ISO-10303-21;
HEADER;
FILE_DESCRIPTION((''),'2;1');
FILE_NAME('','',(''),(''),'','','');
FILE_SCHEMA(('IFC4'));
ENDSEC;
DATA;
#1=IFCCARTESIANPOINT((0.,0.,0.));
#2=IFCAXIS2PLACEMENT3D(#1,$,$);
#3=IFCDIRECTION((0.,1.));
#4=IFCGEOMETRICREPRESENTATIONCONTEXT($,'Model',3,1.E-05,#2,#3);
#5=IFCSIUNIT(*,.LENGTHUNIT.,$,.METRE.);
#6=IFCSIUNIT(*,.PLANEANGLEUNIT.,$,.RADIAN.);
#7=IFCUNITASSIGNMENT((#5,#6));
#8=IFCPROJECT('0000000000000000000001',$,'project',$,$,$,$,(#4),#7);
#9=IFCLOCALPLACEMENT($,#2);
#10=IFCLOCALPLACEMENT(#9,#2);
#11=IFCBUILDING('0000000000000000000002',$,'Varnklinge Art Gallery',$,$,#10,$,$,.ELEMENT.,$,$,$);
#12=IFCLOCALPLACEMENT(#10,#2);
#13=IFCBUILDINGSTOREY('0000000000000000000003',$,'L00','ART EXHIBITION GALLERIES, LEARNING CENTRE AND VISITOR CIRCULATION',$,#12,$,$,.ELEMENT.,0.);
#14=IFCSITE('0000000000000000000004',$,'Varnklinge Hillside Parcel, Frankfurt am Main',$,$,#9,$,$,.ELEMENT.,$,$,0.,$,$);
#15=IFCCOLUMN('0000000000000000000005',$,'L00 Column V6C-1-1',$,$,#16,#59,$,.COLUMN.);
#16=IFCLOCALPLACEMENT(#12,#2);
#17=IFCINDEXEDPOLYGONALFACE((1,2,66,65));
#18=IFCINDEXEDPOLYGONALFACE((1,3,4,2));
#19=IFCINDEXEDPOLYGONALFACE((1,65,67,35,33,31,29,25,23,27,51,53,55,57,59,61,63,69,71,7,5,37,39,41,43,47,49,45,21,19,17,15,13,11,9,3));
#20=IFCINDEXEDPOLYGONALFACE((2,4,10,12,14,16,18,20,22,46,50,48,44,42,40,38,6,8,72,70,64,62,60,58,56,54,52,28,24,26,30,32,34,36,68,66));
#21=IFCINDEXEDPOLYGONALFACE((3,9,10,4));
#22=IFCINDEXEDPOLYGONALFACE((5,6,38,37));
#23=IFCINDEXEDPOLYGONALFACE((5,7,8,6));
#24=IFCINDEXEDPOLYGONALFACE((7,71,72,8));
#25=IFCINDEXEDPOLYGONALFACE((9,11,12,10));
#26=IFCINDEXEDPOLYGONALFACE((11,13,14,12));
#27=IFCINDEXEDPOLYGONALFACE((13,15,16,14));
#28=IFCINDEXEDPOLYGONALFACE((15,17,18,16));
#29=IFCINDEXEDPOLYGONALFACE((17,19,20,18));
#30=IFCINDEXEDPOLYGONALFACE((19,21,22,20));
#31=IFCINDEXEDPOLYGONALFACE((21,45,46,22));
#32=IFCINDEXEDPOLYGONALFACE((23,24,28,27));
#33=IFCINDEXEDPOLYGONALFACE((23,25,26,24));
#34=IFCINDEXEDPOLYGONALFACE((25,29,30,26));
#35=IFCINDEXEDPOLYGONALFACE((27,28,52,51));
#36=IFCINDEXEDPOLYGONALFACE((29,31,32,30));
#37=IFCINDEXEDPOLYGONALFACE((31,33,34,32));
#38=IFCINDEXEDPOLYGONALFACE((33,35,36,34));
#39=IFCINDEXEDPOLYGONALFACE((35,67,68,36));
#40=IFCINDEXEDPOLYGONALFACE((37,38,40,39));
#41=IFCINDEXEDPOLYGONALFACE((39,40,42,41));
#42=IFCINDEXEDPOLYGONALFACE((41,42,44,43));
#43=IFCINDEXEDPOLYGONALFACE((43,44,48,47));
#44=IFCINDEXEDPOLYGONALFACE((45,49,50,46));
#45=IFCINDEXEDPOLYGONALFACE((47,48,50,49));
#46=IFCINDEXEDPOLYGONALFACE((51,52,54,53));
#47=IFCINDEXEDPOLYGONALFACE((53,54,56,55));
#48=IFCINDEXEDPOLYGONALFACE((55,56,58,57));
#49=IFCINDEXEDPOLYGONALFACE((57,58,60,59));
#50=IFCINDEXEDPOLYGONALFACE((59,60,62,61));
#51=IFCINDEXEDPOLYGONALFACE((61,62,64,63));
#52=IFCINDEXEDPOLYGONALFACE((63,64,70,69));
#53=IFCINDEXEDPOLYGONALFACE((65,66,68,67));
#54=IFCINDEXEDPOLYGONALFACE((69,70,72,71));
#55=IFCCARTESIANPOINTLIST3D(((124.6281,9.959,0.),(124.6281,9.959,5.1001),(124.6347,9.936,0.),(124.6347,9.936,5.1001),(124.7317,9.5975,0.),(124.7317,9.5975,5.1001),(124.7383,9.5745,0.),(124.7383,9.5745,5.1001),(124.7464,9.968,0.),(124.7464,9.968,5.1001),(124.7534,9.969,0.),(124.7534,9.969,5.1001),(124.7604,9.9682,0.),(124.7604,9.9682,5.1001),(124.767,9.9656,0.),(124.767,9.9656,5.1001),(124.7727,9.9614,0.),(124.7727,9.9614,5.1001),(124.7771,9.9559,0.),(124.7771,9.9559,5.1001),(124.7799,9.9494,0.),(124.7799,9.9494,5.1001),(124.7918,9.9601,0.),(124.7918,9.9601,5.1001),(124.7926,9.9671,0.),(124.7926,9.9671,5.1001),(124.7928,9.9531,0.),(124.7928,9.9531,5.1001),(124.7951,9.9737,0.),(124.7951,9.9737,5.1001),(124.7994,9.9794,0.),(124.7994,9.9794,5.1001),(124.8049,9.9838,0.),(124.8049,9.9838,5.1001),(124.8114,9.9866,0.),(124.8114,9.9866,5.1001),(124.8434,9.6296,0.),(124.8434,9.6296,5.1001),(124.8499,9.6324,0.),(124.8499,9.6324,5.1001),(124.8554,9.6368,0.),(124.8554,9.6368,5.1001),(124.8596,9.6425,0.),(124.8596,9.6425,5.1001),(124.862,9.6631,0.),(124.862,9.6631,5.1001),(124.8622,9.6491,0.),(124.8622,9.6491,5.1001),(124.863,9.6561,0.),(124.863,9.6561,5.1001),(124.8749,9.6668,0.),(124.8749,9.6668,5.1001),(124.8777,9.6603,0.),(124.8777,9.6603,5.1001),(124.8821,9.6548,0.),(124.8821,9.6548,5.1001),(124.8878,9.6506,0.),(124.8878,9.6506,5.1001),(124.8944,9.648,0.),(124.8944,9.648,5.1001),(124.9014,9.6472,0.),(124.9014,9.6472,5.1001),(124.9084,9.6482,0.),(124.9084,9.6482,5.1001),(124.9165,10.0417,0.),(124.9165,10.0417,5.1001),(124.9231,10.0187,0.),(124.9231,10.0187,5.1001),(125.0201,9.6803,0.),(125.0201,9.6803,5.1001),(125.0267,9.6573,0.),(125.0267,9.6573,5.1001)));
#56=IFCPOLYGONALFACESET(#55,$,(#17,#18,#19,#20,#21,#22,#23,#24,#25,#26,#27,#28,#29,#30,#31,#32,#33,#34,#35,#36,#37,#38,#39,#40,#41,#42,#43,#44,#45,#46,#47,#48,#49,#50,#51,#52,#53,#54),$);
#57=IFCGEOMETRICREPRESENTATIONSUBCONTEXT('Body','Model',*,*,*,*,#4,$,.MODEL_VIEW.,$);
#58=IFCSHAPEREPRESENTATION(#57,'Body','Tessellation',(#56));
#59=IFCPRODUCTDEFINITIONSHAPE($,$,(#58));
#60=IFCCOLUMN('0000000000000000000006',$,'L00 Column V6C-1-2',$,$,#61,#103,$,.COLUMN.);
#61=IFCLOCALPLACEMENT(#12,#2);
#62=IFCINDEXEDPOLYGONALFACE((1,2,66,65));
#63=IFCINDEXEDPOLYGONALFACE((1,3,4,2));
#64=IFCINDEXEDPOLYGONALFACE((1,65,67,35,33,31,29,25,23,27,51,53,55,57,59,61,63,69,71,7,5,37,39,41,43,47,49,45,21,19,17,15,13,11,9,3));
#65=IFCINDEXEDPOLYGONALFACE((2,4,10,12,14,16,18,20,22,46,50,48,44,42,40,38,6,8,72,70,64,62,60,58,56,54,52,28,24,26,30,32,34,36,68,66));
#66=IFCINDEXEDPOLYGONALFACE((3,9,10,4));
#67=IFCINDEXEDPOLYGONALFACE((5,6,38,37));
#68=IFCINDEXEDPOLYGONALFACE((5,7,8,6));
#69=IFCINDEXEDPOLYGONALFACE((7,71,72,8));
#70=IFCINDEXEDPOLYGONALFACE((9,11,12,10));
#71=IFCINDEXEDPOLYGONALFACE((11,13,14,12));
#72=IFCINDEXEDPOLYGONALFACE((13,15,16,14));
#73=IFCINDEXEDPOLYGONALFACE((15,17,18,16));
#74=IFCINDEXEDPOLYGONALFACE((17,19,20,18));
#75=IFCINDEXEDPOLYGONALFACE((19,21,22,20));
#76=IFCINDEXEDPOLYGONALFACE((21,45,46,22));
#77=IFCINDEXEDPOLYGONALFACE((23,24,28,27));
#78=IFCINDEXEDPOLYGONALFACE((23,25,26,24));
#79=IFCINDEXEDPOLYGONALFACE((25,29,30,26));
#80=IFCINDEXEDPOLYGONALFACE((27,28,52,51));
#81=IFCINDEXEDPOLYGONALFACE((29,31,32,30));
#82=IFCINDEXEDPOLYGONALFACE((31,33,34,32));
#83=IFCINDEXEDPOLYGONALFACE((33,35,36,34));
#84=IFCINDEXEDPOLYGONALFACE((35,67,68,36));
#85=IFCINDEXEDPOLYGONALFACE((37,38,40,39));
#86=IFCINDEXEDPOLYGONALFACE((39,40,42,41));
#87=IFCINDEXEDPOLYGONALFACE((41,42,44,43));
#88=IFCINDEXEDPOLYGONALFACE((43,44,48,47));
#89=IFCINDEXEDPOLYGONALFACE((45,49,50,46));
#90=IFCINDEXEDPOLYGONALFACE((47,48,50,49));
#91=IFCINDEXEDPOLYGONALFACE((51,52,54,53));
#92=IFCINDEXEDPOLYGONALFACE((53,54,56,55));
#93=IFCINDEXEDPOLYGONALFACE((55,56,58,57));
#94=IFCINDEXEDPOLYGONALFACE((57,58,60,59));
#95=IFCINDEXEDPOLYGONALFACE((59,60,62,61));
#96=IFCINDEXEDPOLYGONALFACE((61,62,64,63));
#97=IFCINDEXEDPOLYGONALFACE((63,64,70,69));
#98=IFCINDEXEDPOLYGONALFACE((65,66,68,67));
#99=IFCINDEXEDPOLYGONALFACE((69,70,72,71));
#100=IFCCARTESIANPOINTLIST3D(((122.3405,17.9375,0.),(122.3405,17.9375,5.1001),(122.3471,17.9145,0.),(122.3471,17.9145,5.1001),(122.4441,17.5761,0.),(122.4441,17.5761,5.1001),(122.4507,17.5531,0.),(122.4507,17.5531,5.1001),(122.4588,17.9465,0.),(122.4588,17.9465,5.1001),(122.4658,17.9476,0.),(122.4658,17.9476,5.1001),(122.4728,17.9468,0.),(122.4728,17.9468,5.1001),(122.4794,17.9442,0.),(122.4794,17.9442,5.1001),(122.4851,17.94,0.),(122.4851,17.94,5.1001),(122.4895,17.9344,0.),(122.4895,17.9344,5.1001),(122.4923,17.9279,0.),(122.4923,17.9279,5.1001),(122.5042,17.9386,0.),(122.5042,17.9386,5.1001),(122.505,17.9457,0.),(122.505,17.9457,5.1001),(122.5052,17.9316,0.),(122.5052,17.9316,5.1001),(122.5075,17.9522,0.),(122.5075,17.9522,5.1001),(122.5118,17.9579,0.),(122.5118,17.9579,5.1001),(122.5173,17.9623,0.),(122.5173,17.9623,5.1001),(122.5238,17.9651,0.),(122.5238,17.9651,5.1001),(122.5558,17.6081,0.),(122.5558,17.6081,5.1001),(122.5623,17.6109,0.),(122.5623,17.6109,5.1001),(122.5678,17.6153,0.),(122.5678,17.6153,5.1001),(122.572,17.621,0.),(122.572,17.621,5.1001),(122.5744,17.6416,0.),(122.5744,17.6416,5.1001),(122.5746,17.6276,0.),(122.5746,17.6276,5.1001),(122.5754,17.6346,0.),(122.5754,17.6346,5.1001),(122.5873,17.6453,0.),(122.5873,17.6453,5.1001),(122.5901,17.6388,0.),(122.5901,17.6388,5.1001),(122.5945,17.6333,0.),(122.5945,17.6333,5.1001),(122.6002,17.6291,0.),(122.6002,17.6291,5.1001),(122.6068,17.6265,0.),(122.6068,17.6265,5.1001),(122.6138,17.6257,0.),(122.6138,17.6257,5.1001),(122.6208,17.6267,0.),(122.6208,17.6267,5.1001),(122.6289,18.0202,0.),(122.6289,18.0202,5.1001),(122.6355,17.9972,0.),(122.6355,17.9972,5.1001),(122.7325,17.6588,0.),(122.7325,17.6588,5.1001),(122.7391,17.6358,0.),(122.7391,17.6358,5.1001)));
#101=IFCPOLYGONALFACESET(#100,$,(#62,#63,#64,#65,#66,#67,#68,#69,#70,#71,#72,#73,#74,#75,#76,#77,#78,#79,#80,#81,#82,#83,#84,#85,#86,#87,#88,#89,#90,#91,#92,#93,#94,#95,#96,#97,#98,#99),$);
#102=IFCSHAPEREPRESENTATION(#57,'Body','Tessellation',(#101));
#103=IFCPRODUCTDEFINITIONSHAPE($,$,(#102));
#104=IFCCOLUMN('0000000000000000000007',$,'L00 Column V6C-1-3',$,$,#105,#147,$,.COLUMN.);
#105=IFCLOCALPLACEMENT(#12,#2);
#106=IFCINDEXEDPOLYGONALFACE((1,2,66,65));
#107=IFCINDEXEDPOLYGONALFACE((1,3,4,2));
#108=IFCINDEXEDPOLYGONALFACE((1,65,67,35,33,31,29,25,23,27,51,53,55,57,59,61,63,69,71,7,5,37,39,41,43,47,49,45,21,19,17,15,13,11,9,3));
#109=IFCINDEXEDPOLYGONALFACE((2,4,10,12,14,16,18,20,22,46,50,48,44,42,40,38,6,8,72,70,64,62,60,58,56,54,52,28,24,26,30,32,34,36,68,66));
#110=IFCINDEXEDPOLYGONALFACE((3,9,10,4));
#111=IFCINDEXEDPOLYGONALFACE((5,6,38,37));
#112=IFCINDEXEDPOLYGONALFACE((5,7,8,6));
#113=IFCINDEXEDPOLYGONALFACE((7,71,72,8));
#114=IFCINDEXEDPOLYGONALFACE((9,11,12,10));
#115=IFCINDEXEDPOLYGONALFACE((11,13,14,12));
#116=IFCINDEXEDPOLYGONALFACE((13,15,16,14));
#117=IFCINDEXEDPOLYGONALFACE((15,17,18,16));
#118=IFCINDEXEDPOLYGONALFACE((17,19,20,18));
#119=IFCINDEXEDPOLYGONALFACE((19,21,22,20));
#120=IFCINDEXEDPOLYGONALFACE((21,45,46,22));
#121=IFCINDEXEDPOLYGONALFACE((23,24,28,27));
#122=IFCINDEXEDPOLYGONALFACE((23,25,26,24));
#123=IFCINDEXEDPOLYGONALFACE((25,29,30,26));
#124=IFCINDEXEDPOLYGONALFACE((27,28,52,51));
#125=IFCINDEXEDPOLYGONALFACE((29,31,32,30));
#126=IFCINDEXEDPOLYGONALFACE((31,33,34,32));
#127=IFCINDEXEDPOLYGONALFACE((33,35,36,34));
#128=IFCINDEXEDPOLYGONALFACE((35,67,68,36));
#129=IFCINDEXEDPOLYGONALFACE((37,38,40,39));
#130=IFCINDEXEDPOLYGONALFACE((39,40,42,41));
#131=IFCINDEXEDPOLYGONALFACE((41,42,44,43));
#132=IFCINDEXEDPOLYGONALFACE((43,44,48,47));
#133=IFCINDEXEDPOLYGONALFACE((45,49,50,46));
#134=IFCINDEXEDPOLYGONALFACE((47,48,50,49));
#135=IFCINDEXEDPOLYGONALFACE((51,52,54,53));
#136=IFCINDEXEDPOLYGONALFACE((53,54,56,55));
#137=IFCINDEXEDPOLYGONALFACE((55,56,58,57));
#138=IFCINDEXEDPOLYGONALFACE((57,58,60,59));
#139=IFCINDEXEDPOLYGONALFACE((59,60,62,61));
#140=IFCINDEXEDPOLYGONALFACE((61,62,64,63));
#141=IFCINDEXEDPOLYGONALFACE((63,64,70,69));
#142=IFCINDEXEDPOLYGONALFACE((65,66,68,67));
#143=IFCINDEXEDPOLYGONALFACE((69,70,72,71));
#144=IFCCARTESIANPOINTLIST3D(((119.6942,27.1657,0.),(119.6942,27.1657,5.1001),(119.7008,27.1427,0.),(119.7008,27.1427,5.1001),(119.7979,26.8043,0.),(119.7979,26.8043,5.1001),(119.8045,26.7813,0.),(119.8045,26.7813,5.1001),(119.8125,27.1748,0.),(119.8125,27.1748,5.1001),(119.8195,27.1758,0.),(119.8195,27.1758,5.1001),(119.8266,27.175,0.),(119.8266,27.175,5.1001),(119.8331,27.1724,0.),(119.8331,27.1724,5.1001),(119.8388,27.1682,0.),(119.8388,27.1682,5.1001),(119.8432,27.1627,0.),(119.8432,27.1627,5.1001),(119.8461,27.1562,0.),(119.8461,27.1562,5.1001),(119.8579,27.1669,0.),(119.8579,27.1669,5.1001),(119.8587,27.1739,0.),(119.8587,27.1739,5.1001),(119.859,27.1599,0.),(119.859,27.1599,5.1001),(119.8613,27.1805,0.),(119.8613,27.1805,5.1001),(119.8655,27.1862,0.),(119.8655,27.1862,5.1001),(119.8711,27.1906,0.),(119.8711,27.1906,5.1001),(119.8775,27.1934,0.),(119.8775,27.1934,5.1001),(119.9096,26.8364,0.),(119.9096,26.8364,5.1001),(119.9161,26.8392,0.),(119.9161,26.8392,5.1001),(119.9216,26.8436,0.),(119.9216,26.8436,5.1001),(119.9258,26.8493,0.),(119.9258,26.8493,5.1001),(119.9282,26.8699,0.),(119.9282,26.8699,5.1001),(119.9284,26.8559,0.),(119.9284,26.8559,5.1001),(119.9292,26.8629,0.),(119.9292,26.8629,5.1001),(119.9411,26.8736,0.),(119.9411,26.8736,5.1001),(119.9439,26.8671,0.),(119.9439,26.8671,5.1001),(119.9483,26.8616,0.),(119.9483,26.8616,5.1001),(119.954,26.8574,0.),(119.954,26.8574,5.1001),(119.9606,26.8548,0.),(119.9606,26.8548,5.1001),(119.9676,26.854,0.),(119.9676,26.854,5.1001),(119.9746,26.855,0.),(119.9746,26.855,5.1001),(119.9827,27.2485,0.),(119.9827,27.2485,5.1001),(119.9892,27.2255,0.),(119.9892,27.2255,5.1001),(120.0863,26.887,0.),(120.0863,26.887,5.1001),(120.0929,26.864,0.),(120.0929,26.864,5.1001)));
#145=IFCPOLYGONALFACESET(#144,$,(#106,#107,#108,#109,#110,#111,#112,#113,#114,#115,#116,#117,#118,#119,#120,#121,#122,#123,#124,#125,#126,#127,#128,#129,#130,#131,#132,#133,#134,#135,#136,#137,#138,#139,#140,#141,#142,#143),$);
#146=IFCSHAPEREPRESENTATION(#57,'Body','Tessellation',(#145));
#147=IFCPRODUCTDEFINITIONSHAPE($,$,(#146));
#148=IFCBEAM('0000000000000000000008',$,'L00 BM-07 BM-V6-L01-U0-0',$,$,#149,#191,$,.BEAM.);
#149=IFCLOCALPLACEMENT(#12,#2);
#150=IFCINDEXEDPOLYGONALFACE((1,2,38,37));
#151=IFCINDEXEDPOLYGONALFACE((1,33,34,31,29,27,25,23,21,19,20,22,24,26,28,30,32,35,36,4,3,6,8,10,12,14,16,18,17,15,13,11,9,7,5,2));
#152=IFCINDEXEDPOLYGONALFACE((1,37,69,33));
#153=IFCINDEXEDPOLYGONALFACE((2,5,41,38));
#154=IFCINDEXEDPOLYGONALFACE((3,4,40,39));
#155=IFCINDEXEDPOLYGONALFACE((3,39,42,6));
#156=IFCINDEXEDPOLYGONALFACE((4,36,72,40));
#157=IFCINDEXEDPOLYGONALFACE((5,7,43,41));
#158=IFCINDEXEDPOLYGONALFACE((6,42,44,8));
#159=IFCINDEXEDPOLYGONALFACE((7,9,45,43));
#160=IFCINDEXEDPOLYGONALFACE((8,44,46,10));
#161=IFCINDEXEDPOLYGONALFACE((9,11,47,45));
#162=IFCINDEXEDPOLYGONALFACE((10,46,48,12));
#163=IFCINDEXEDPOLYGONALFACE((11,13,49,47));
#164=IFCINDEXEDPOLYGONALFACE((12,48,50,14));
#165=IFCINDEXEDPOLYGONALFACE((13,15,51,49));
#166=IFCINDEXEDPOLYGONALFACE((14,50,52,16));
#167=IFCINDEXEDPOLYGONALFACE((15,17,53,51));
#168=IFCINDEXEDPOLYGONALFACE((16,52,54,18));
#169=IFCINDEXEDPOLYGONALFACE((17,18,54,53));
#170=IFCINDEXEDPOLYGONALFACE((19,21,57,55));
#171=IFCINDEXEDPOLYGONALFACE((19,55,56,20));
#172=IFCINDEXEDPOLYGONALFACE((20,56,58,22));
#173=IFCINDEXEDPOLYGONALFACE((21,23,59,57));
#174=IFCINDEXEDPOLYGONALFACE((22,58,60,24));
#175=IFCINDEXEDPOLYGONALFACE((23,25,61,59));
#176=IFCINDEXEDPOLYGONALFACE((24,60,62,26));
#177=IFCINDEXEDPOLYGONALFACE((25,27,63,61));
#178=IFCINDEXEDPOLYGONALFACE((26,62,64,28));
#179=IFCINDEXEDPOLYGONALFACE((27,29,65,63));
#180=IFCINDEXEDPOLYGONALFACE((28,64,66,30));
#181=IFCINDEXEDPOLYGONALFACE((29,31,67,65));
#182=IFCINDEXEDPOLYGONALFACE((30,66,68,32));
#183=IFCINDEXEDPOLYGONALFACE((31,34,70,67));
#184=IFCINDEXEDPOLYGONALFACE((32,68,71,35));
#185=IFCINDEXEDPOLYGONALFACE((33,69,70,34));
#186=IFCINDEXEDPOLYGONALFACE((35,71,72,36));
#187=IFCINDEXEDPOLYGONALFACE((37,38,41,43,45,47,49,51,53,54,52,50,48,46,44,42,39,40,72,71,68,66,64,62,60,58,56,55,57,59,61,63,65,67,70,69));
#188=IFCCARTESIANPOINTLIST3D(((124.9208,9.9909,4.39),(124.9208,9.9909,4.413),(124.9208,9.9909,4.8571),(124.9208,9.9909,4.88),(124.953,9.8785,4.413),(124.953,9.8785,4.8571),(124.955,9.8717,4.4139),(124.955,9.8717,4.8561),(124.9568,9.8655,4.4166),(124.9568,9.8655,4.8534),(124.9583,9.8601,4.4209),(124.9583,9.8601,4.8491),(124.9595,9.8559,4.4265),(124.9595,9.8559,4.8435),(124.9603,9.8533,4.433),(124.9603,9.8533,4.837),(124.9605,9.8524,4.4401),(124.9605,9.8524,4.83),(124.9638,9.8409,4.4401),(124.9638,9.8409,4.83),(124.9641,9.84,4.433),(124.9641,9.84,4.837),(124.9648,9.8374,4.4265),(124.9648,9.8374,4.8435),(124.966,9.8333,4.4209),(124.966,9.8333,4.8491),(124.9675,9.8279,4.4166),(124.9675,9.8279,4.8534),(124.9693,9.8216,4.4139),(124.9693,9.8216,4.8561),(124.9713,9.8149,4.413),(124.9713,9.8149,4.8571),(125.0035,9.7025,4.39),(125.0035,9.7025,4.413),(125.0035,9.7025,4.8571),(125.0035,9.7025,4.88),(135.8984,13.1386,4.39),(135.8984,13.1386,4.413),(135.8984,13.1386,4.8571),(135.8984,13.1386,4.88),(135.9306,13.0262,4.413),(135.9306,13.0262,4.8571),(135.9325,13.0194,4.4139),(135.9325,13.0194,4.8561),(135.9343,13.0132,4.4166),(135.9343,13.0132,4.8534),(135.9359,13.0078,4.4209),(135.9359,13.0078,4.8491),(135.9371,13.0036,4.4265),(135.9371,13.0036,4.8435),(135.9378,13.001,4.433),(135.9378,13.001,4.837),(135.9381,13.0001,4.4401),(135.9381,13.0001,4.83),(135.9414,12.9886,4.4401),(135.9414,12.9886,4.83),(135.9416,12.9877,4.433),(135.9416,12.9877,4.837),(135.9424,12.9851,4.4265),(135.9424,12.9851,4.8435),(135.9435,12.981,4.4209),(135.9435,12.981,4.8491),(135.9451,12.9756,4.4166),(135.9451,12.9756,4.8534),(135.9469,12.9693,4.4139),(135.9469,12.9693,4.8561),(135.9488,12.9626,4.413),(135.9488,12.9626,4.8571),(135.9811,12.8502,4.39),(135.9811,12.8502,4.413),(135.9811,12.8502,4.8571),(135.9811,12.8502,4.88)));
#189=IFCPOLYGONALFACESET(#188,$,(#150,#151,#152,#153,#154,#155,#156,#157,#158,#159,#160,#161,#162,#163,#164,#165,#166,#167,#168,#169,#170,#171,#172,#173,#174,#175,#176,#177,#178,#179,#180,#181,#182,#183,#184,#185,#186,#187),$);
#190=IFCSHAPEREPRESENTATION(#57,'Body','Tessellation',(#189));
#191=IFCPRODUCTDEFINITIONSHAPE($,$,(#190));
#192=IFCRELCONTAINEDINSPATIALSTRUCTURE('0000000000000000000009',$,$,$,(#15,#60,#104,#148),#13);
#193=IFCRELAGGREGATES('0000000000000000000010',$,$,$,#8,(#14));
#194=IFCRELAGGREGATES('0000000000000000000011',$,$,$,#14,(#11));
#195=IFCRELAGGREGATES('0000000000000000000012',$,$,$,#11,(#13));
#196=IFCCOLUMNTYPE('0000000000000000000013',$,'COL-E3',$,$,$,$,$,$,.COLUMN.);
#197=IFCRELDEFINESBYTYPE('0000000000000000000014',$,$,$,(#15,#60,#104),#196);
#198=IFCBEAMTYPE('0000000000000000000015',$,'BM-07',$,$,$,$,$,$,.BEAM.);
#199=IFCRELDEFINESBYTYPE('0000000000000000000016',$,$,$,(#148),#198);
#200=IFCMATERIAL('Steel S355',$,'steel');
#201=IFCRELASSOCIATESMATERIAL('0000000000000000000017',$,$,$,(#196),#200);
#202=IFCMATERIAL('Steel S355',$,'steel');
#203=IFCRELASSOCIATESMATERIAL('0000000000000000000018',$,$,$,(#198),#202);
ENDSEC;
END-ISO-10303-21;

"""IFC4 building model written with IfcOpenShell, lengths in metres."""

from ifc_helpers import new_model, si_unit, direction, frame, origin, origin_2d, place, context, subcontext, project, spatial, i_section, extrude, material, material_profile, profile_set, type_object, element, save


model = new_model("IFC4")

# Units and contexts
model_context = context("Model", 3, precision=1e-05, world=origin(), true_north=direction((0.0, 1.0)))
body_context = subcontext(model_context, "Body", "Model", "MODEL_VIEW")
ifc_project = project(units=[si_unit("LENGTHUNIT", "METRE"), si_unit("PLANEANGLEUNIT", "RADIAN")], contexts=[model_context])

# Site, building, storey
site_placement = place(None, origin())
site = spatial("IfcSite", under=ifc_project, at=site_placement, Name="Varnklinge Hillside Parcel, Frankfurt am Main", CompositionType="ELEMENT", RefElevation=0.0)
building_placement = place(site_placement, origin())
building = spatial("IfcBuilding", under=site, at=building_placement, Name="Varnklinge Art Gallery", CompositionType="ELEMENT")
storey_placement = place(building_placement, origin())
storey = spatial("IfcBuildingStorey", under=building, at=storey_placement, Name="L00", Description="ART EXHIBITION GALLERIES, LEARNING CENTRE AND VISITOR CIRCULATION", CompositionType="ELEMENT", Elevation=0.0)

# Columns
ifc_material_1 = material(Name="Steel S355", Category="steel")
ifc_material_profile_1 = material_profile(ifc_material_1, i_section(OverallWidth=0.3, OverallDepth=0.3999, WebThickness=0.0134, FlangeThickness=0.0239, FilletRadius=0.0271, at=origin_2d()), Name="HEB 400")
ifc_profile_set_1 = profile_set([ifc_material_profile_1], Name="Steel S355")
column_type = type_object("IfcColumnType", Name="COL-E3", PredefinedType="COLUMN", material=ifc_profile_set_1)
for number, where, z_axis, x_axis, name in (
    (1, (124.8274, 9.8081, 0.0), (0.0, 0.0, 1.0), (0.961262, 0.275637, 0.0), "L00 Column V6C-1-1"),
    (2, (122.5398, 17.7866, 0.0), (0.0, 0.0, 1.0), (0.961262, 0.275637, 0.0), "L00 Column V6C-1-2"),
    (3, (119.8936, 27.0149, 0.0), (0.0, 0.0, 1.0), (0.961262, 0.275637, 0.0), "L00 Column V6C-1-3"),
):
    element("IfcColumn", number, at=place(storey_placement, frame(where, z_axis=z_axis, x_axis=x_axis)), inside=storey, type_object=column_type, Name=name, PredefinedType="COLUMN", context=body_context, shape_type="SweptSolid", body=[
        extrude(i_section(OverallWidth=0.3, OverallDepth=0.3999, WebThickness=0.0134, FlangeThickness=0.0239, FilletRadius=0.0271, at=origin_2d()), origin(), (0.0, 0.0, 1.0), 5.1001),
    ])

# Beam
ifc_material_2 = material(Name="Steel S355", Category="steel")
ifc_material_profile_2 = material_profile(ifc_material_2, i_section(OverallWidth=0.3, OverallDepth=0.49, WebThickness=0.012, FlangeThickness=0.0229, FilletRadius=0.0271, at=origin_2d()), Name="HEA 500")
ifc_profile_set_2 = profile_set([ifc_material_profile_2], Name="Steel S355")
beam_type_1 = type_object("IfcBeamType", Name="BM-07", PredefinedType="BEAM", material=ifc_profile_set_2)
for number, where, z_axis, x_axis, name in (
    (4, (124.9622, 9.8467, 4.635), (0.961263, 0.275633, 0.0), (-0.275633, 0.961263, 0.0), "L00 BM-07 BM-V6-L01-U0-0"),
):
    element("IfcBeam", number, at=place(storey_placement, frame(where, z_axis=z_axis, x_axis=x_axis)), inside=storey, type_object=beam_type_1, Name=name, PredefinedType="BEAM", context=body_context, shape_type="SweptSolid", body=[
        extrude(i_section(OverallWidth=0.3, OverallDepth=0.49, WebThickness=0.012, FlangeThickness=0.0229, FilletRadius=0.0271, at=origin_2d()), origin(), (0.0, 0.0, 1.0), 11.4199),
    ])

save(model, "model.ifc")
